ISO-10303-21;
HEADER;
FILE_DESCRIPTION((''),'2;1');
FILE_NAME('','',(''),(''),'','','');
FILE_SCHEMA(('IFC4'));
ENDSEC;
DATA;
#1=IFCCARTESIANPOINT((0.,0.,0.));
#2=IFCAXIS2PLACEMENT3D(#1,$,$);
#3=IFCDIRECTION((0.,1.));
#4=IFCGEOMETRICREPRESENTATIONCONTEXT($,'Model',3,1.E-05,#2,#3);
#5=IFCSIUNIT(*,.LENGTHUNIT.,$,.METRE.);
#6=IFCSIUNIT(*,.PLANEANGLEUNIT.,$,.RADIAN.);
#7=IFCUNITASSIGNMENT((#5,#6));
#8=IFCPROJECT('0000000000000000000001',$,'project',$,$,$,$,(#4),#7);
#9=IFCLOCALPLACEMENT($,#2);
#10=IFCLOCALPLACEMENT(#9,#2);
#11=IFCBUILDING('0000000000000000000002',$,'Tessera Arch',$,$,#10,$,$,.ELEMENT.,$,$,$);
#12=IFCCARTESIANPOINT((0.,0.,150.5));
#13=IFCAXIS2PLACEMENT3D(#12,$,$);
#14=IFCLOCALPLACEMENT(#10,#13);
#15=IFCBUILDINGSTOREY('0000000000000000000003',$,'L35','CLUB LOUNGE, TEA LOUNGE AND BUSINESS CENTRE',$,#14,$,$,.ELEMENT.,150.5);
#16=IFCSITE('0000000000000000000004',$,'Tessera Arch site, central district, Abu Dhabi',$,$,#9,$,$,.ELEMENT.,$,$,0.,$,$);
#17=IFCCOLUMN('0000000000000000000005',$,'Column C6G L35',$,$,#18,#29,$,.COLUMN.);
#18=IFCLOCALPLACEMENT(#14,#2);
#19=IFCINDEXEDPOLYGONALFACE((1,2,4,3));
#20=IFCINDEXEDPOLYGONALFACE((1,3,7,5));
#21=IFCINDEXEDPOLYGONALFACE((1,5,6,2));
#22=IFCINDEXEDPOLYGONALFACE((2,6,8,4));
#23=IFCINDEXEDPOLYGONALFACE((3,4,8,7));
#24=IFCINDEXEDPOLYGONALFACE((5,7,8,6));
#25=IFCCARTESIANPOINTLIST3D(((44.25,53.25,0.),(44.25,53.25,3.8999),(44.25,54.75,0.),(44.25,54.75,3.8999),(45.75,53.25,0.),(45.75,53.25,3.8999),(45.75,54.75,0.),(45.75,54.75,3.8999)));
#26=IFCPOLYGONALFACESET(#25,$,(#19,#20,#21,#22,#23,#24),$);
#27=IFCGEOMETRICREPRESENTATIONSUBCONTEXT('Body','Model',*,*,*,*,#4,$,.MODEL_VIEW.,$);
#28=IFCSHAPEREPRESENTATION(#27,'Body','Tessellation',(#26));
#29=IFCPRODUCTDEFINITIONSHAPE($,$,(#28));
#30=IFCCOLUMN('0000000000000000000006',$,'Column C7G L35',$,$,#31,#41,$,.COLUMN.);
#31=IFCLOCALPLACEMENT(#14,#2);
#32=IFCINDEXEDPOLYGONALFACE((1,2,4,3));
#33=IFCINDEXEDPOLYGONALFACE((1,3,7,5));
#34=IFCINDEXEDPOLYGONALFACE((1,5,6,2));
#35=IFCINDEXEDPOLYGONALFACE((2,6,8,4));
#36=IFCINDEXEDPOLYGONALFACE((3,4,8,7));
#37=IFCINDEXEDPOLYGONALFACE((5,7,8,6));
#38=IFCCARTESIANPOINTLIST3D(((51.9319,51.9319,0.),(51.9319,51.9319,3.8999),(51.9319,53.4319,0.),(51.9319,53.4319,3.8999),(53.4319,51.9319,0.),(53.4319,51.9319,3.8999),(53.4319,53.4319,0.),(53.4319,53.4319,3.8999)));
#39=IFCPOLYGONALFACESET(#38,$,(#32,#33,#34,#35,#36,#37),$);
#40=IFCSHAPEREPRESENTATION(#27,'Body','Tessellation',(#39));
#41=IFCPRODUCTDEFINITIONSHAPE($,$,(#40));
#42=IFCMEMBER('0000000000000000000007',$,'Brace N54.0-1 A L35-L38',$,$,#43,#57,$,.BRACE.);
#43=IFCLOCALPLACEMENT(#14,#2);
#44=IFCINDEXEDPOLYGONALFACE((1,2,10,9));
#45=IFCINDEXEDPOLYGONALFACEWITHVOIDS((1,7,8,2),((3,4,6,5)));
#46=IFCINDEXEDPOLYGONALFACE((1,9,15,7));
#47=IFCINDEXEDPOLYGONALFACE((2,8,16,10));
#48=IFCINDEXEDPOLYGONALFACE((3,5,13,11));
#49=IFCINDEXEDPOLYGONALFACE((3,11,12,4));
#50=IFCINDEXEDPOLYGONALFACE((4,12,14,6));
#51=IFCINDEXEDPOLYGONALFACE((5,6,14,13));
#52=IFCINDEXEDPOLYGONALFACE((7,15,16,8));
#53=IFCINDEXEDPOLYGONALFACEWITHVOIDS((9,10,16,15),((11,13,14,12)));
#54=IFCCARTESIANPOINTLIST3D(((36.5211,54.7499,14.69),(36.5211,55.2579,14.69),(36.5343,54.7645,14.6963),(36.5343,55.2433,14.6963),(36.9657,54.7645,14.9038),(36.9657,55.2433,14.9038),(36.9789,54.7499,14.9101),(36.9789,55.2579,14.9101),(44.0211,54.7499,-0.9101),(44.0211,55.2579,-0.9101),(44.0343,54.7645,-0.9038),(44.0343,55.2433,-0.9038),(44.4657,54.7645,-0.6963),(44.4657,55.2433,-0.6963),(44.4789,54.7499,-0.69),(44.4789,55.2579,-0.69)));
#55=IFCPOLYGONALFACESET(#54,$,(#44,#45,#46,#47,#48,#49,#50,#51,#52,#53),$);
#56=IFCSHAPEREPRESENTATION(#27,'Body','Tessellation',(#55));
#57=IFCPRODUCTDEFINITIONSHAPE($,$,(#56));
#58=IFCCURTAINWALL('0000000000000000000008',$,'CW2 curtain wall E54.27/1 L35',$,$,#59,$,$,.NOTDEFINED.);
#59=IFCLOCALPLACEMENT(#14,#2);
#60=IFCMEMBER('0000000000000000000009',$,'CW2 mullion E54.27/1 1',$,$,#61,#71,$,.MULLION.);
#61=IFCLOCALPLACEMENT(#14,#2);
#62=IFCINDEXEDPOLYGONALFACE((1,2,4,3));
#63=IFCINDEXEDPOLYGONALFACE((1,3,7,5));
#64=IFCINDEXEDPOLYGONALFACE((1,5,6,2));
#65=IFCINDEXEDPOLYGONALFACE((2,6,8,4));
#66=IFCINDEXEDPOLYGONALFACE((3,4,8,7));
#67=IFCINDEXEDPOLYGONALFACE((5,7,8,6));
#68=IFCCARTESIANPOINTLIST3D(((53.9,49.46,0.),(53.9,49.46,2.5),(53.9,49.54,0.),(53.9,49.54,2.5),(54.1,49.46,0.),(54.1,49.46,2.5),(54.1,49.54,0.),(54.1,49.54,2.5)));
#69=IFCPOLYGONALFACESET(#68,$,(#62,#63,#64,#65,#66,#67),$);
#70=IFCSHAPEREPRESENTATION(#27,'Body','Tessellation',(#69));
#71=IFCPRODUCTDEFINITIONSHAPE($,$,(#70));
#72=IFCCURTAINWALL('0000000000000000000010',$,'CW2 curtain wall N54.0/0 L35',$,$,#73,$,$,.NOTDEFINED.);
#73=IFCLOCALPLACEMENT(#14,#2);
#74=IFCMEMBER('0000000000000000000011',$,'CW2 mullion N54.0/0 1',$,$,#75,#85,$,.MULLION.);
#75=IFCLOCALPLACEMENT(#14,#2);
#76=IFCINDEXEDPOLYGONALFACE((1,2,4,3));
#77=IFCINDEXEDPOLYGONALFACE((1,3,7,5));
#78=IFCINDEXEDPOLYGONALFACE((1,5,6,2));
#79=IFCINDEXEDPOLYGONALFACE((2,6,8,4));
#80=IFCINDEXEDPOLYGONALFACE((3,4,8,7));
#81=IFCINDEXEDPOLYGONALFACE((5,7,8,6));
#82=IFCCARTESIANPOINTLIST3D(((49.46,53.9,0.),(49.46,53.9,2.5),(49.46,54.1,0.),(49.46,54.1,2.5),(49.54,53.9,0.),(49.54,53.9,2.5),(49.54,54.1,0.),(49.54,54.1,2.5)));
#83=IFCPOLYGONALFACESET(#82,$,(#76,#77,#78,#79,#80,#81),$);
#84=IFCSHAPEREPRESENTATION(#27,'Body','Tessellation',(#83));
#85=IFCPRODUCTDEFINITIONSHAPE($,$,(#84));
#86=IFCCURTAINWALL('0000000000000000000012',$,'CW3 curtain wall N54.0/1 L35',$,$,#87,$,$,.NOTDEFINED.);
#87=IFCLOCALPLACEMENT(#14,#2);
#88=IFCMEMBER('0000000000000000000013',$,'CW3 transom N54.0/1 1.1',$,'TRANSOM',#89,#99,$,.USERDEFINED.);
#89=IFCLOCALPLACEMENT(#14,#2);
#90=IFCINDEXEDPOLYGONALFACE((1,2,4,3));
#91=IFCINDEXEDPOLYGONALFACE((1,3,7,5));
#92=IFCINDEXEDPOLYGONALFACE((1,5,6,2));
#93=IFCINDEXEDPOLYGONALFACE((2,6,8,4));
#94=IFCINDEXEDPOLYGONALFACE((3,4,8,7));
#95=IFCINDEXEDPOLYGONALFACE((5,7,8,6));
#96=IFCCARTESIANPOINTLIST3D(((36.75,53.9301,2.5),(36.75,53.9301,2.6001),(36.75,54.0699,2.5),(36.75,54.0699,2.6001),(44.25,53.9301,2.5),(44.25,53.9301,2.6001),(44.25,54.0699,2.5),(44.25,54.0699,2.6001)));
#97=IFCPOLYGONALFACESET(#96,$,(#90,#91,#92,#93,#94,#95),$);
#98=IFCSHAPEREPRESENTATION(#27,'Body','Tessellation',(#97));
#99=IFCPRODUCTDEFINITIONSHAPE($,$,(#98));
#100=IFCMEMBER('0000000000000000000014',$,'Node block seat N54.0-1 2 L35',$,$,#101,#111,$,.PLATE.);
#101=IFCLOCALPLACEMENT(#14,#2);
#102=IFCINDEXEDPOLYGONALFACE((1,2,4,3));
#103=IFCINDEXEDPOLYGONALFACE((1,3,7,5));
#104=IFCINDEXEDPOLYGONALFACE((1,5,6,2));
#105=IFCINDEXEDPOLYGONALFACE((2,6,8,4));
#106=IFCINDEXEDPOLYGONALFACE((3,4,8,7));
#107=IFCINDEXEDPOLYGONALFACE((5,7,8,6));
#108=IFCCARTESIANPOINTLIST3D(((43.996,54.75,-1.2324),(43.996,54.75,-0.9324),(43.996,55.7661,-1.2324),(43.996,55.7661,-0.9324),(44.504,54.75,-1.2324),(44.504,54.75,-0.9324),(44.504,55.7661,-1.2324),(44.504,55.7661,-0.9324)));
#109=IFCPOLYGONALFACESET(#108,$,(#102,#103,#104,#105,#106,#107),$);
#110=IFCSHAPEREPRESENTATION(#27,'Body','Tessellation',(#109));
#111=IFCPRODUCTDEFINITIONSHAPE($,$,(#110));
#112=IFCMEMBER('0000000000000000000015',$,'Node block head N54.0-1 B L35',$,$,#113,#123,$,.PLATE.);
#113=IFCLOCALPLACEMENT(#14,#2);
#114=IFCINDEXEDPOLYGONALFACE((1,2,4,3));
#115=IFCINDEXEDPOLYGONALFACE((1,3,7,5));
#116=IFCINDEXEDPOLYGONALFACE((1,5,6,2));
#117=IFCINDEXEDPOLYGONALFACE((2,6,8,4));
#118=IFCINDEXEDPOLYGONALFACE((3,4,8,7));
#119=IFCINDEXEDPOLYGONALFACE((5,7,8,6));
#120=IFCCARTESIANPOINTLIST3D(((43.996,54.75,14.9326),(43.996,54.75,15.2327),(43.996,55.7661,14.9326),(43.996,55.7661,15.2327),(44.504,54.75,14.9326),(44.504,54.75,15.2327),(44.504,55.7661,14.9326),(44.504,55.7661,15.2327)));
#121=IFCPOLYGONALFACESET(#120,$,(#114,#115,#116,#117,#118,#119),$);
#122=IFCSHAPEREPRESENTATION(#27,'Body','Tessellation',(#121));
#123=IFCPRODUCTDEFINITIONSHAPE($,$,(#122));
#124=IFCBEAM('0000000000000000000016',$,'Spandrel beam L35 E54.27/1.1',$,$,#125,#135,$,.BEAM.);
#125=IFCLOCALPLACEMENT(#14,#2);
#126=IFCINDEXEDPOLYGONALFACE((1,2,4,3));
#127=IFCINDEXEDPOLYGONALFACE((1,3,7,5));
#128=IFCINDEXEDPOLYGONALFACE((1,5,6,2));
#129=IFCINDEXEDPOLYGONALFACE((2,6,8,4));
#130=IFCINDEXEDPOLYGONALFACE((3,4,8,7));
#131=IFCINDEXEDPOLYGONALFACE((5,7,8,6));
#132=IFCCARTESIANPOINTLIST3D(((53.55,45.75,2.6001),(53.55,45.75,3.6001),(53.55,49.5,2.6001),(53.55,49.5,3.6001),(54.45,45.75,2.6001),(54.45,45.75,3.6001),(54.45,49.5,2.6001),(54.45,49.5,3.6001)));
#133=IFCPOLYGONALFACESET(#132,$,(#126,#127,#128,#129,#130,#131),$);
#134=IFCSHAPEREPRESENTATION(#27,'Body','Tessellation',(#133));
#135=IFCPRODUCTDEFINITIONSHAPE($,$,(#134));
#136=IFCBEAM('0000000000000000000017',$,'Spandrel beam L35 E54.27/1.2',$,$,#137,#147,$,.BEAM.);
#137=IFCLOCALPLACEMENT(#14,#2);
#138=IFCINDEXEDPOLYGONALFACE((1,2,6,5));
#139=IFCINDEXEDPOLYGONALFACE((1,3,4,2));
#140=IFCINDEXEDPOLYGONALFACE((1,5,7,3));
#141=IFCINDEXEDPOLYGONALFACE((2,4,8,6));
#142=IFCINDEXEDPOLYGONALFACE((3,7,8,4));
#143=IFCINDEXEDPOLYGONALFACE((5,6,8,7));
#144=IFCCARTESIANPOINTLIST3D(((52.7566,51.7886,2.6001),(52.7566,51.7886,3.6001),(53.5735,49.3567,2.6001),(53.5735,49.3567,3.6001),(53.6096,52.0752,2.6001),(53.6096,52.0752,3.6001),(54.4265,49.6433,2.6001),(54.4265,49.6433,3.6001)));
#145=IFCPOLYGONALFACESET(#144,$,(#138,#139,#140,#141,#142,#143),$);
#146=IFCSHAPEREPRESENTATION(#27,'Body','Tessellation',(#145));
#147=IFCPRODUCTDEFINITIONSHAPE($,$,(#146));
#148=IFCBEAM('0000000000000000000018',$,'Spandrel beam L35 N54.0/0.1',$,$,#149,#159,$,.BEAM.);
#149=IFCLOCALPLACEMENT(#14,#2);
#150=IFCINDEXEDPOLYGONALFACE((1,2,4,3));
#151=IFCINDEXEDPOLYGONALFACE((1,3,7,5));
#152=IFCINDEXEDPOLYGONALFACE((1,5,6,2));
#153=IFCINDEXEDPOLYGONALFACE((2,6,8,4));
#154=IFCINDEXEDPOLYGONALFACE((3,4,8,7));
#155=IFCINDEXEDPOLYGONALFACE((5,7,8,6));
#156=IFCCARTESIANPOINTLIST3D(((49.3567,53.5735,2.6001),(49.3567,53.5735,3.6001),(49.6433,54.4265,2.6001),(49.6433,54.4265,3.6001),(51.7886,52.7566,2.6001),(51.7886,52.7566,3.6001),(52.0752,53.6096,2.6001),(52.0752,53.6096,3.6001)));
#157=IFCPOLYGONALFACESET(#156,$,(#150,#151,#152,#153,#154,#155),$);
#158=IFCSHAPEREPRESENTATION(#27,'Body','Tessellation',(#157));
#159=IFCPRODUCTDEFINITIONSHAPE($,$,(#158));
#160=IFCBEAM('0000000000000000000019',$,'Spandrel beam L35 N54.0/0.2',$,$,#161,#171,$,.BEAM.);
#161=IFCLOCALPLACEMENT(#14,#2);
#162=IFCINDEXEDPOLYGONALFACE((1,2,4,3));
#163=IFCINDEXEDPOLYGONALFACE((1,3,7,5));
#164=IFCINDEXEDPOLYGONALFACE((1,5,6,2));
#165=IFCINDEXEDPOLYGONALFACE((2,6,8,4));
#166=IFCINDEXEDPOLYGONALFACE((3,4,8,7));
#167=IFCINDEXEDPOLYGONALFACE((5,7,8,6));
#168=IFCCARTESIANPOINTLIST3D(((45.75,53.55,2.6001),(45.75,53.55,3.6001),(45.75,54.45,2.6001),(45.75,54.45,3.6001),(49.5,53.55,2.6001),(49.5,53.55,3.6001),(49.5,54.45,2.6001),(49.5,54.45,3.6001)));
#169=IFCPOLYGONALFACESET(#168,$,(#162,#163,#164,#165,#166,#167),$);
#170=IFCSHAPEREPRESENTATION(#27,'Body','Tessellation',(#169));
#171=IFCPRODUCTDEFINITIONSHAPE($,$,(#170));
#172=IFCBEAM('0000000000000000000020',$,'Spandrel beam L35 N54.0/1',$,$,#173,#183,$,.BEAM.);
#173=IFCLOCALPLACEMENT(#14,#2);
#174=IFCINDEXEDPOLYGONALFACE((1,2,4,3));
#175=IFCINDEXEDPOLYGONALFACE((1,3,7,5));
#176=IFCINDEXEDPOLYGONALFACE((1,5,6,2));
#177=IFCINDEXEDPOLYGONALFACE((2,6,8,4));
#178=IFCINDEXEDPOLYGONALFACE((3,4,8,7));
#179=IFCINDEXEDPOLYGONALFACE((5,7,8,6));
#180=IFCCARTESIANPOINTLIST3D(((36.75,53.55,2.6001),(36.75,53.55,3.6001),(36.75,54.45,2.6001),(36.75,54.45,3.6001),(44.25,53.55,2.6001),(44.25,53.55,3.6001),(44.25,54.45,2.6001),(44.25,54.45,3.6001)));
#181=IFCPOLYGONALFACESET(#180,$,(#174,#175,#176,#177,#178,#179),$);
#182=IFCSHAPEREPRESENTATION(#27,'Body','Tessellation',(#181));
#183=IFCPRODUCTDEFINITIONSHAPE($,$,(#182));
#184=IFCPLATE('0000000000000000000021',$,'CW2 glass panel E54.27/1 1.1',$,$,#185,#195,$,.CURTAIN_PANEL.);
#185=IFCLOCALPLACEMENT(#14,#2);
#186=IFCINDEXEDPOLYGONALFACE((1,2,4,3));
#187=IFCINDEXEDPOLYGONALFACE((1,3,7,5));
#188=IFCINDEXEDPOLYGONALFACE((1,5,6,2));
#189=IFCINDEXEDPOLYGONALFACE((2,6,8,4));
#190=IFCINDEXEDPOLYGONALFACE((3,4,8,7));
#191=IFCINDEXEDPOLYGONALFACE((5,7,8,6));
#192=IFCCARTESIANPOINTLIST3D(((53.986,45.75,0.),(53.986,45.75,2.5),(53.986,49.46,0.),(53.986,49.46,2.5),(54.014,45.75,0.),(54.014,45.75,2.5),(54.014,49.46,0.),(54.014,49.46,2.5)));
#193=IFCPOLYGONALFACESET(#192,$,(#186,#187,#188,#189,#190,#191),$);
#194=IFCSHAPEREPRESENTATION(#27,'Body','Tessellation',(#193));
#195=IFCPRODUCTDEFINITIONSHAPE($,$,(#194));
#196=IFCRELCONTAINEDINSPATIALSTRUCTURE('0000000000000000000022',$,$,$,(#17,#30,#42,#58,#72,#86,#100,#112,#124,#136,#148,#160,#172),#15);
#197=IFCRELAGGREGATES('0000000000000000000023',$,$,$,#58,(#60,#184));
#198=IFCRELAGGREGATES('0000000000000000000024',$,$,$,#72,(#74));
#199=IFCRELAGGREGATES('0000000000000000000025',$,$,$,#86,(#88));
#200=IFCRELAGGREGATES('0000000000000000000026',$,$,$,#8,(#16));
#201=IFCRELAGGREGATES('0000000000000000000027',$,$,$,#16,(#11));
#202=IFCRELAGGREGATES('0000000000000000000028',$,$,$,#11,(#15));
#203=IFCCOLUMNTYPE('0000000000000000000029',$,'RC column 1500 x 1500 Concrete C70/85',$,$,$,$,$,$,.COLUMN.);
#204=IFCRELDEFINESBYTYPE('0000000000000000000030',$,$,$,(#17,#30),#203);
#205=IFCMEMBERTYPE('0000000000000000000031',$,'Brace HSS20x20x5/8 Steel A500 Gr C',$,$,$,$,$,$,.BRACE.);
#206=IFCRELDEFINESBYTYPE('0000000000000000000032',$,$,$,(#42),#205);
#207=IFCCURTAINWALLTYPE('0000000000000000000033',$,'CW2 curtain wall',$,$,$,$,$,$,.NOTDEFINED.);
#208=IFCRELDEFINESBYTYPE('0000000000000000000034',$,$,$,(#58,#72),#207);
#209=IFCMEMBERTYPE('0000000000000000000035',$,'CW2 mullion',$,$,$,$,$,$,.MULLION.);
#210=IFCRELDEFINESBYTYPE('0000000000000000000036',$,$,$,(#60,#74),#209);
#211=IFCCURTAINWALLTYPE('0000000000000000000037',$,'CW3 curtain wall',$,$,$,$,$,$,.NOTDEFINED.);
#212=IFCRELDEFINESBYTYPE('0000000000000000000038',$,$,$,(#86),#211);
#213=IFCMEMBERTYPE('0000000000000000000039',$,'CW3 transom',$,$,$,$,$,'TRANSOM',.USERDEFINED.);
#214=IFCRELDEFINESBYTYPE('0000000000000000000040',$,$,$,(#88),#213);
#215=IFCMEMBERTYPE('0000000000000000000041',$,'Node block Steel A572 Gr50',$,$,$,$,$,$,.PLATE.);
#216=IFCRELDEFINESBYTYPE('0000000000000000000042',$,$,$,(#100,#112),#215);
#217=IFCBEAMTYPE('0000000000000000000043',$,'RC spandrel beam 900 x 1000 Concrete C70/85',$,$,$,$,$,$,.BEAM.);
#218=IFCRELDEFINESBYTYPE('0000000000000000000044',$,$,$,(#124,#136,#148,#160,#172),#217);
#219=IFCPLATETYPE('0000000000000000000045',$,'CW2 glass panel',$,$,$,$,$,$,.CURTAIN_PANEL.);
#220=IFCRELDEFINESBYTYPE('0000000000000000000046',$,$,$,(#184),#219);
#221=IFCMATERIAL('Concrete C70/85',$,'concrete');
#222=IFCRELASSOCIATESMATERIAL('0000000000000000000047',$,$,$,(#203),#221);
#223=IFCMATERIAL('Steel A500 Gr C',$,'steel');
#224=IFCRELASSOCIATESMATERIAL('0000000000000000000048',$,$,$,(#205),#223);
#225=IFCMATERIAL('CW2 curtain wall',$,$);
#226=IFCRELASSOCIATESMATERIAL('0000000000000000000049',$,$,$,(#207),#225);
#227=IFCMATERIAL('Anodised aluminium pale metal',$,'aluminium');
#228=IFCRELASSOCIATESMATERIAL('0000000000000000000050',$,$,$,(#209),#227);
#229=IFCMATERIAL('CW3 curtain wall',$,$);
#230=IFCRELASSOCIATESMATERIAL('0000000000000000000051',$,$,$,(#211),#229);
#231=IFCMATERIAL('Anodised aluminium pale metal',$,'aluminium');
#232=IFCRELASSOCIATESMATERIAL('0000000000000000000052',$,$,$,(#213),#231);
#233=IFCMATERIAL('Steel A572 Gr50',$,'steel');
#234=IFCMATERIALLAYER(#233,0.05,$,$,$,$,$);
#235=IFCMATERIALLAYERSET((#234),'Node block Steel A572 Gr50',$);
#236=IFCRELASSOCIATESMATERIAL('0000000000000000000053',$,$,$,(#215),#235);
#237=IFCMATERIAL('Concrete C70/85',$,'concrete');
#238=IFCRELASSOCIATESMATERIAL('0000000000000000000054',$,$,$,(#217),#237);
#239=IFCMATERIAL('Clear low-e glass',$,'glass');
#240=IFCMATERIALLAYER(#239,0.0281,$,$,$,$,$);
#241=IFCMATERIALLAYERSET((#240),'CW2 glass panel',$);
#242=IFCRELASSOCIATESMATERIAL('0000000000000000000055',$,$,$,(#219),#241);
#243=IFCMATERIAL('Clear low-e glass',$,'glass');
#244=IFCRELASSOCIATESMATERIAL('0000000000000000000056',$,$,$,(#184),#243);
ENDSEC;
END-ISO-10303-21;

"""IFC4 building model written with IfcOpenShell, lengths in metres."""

from ifc_helpers import new_model, si_unit, direction, frame, origin, origin_2d, place, context, subcontext, project, spatial, rectangle, hollow_rectangle, extrude, material, layer, layer_set, material_profile, profile_set, type_object, element, aggregate, save


model = new_model("IFC4")

# Units and contexts
model_context = context("Model", 3, precision=1e-05, world=origin(), true_north=direction((0.0, 1.0)))
body_context = subcontext(model_context, "Body", "Model", "MODEL_VIEW")
ifc_project = project(units=[si_unit("LENGTHUNIT", "METRE"), si_unit("PLANEANGLEUNIT", "RADIAN")], contexts=[model_context])

# Site, building, storey
site_placement = place(None, origin())
site = spatial("IfcSite", under=ifc_project, at=site_placement, Name="Tessera Arch site, central district, Abu Dhabi", CompositionType="ELEMENT", RefElevation=0.0)
building_placement = place(site_placement, origin())
building = spatial("IfcBuilding", under=site, at=building_placement, Name="Tessera Arch", CompositionType="ELEMENT")
storey_placement = place(building_placement, frame((0.0, 0.0, 150.5)))
storey = spatial("IfcBuildingStorey", under=building, at=storey_placement, Name="L35", Description="CLUB LOUNGE, TEA LOUNGE AND BUSINESS CENTRE", CompositionType="ELEMENT", Elevation=150.5)

# Columns
ifc_material_1 = material(Name="Concrete C70/85", Category="concrete")
ifc_material_profile_1 = material_profile(ifc_material_1, rectangle(XDim=1.5, YDim=1.5, at=origin_2d()), Name="RC column 1500 x 1500 Concrete C70/85")
ifc_profile_set_1 = profile_set([ifc_material_profile_1], Name="Concrete C70/85")
column_type = type_object("IfcColumnType", Name="RC column 1500 x 1500 Concrete C70/85", PredefinedType="COLUMN", material=ifc_profile_set_1)
for number, where, z_axis, x_axis, name in (
    (1, (45.0, 54.0, 0.0), (0.0, 0.0, 1.0), (1.0, 0.0, 0.0), "Column C6G L35"),
    (2, (52.6819, 52.6819, 0.0), (0.0, 0.0, 1.0), (1.0, 0.0, 0.0), "Column C7G L35"),
):
    element("IfcColumn", number, at=place(storey_placement, frame(where, z_axis=z_axis, x_axis=x_axis)), inside=storey, type_object=column_type, Name=name, PredefinedType="COLUMN", context=body_context, shape_type="SweptSolid", body=[
        extrude(rectangle(XDim=1.5, YDim=1.5, at=origin_2d()), origin(), (0.0, 0.0, 1.0), 3.8999),
    ])

# Member
ifc_material_2 = material(Name="Steel A500 Gr C", Category="steel")
ifc_material_profile_2 = material_profile(ifc_material_2, hollow_rectangle(XDim=0.5081, YDim=0.5081, WallThickness=0.0146, at=origin_2d()), Name="HSS20x20x5/8")
ifc_profile_set_2 = profile_set([ifc_material_profile_2], Name="Steel A500 Gr C")
member_type_1 = type_object("IfcMemberType", Name="Brace HSS20x20x5/8 Steel A500 Gr C", PredefinedType="BRACE", material=ifc_profile_set_2)
member_1_placement = place(storey_placement, frame((44.25, 55.0039, -0.8), z_axis=(-0.433292, 0.0, 0.901253), x_axis=(0.0, -1.0, 0.0)))
element("IfcMember", 3, at=member_1_placement, inside=storey, type_object=member_type_1, Name="Brace N54.0-1 A L35-L38", PredefinedType="BRACE", context=body_context, shape_type="SweptSolid", body=[
    extrude(hollow_rectangle(XDim=0.5081, YDim=0.5081, WallThickness=0.0146, at=origin_2d()), origin(), (0.0, 0.0, 1.0), 17.3093),
])

# Curtain walls, members
ifc_material_3 = material(Name="CW2 curtain wall")
curtain_wall_type_1 = type_object("IfcCurtainWallType", Name="CW2 curtain wall", PredefinedType="NOTDEFINED", material=ifc_material_3)
curtain_wall_1_placement = place(storey_placement, origin())
curtain_wall_1 = element("IfcCurtainWall", 4, at=curtain_wall_1_placement, inside=storey, type_object=curtain_wall_type_1, Name="CW2 curtain wall E54.27/1 L35", PredefinedType="NOTDEFINED")
ifc_material_4 = material(Name="Anodised aluminium pale metal", Category="aluminium")
ifc_material_profile_3 = material_profile(ifc_material_4, rectangle(XDim=0.2, YDim=0.0801, at=origin_2d()), Name="AL 80x200")
ifc_profile_set_3 = profile_set([ifc_material_profile_3], Name="Anodised aluminium pale metal")
member_type_2 = type_object("IfcMemberType", Name="CW2 mullion", PredefinedType="MULLION", material=ifc_profile_set_3)
member_2_placement = place(storey_placement, frame((54.0, 49.5, 0.0), z_axis=(0.0, 0.0, 1.0), x_axis=(-1.0, 0.0, 0.0)))
member_2 = element("IfcMember", 5, at=member_2_placement, type_object=member_type_2, Name="CW2 mullion E54.27/1 1", PredefinedType="MULLION", context=body_context, shape_type="SweptSolid", body=[
    extrude(rectangle(XDim=0.2, YDim=0.0801, at=origin_2d()), origin(), (0.0, 0.0, 1.0), 2.5),
])
curtain_wall_2_placement = place(storey_placement, origin())
curtain_wall_2 = element("IfcCurtainWall", 6, at=curtain_wall_2_placement, inside=storey, type_object=curtain_wall_type_1, Name="CW2 curtain wall N54.0/0 L35", PredefinedType="NOTDEFINED")
member_3_placement = place(storey_placement, frame((49.5, 54.0, 0.0), z_axis=(0.0, 0.0, 1.0), x_axis=(0.0, -1.0, 0.0)))
member_3 = element("IfcMember", 7, at=member_3_placement, type_object=member_type_2, Name="CW2 mullion N54.0/0 1", PredefinedType="MULLION", context=body_context, shape_type="SweptSolid", body=[
    extrude(rectangle(XDim=0.2, YDim=0.0801, at=origin_2d()), origin(), (0.0, 0.0, 1.0), 2.5),
])
ifc_material_5 = material(Name="CW3 curtain wall")
curtain_wall_type_2 = type_object("IfcCurtainWallType", Name="CW3 curtain wall", PredefinedType="NOTDEFINED", material=ifc_material_5)
curtain_wall_3_placement = place(storey_placement, origin())
curtain_wall_3 = element("IfcCurtainWall", 8, at=curtain_wall_3_placement, inside=storey, type_object=curtain_wall_type_2, Name="CW3 curtain wall N54.0/1 L35", PredefinedType="NOTDEFINED")
ifc_material_6 = material(Name="Anodised aluminium pale metal", Category="aluminium")
ifc_material_profile_4 = material_profile(ifc_material_6, rectangle(XDim=0.1399, YDim=0.1001, at=origin_2d()), Name="AL 140x100")
ifc_profile_set_4 = profile_set([ifc_material_profile_4], Name="Anodised aluminium pale metal")
member_type_3 = type_object("IfcMemberType", Name="CW3 transom", ElementType="TRANSOM", PredefinedType="USERDEFINED", material=ifc_profile_set_4)
member_4_placement = place(storey_placement, frame((44.25, 54.0, 2.55), z_axis=(-1.0, 0.0, 0.0), x_axis=(0.0, -1.0, 0.0)))
member_4 = element("IfcMember", 9, at=member_4_placement, type_object=member_type_3, Name="CW3 transom N54.0/1 1.1", ObjectType="TRANSOM", PredefinedType="USERDEFINED", context=body_context, shape_type="SweptSolid", body=[
    extrude(rectangle(XDim=0.1399, YDim=0.1001, at=origin_2d()), origin(), (0.0, 0.0, 1.0), 7.5),
])

# Members
ifc_material_7 = material(Name="Steel A572 Gr50", Category="steel")
ifc_layer_1 = layer(ifc_material_7, 0.05)
ifc_layer_set_1 = layer_set([ifc_layer_1], Name="Node block Steel A572 Gr50")
member_type_4 = type_object("IfcMemberType", Name="Node block Steel A572 Gr50", PredefinedType="PLATE", material=ifc_layer_set_1)
for number, where, z_axis, x_axis, name in (
    (10, (44.25, 55.2581, -1.2324), (0.0, 0.0, 1.0), (-1.0, 0.0, 0.0), "Node block seat N54.0-1 2 L35"),
    (11, (44.25, 55.2581, 14.9326), (0.0, 0.0, 1.0), (-1.0, 0.0, 0.0), "Node block head N54.0-1 B L35"),
):
    element("IfcMember", number, at=place(storey_placement, frame(where, z_axis=z_axis, x_axis=x_axis)), inside=storey, type_object=member_type_4, Name=name, PredefinedType="PLATE", context=body_context, shape_type="SweptSolid", body=[
        extrude(rectangle(XDim=0.5081, YDim=1.0161, at=origin_2d()), origin(), (0.0, 0.0, 1.0), 0.3),
    ])

# Beams
ifc_material_8 = material(Name="Concrete C70/85", Category="concrete")
ifc_material_profile_5 = material_profile(ifc_material_8, rectangle(XDim=0.8999, YDim=1.0, at=origin_2d()), Name="RC spandrel beam 900 x 1000 Concrete C70/85")
ifc_profile_set_5 = profile_set([ifc_material_profile_5], Name="Concrete C70/85")
beam_type = type_object("IfcBeamType", Name="RC spandrel beam 900 x 1000 Concrete C70/85", PredefinedType="BEAM", material=ifc_profile_set_5)
beam_1_placement = place(storey_placement, frame((54.0, 45.75, 3.1001), z_axis=(0.0, 1.0, 0.0), x_axis=(-1.0, 0.0, 0.0)))
element("IfcBeam", 12, at=beam_1_placement, inside=storey, type_object=beam_type, Name="Spandrel beam L35 E54.27/1.1", PredefinedType="BEAM", context=body_context, shape_type="SweptSolid", body=[
    extrude(rectangle(XDim=0.8999, YDim=1.0, at=origin_2d()), origin(), (0.0, 0.0, 1.0), 3.75),
])
for number, where, z_axis, x_axis, name in (
    (13, (54.0, 49.5, 3.1001), (-0.318425, 0.947948, 0.0), (-0.947948, -0.318425, 0.0), "Spandrel beam L35 E54.27/1.2"),
    (14, (51.9319, 53.1831, 3.1001), (-0.947948, 0.318425, 0.0), (-0.318425, -0.947948, 0.0), "Spandrel beam L35 N54.0/0.1"),
):
    element("IfcBeam", number, at=place(storey_placement, frame(where, z_axis=z_axis, x_axis=x_axis)), inside=storey, type_object=beam_type, Name=name, PredefinedType="BEAM", context=body_context, shape_type="SweptSolid", body=[
        extrude(rectangle(XDim=0.8999, YDim=1.0, at=origin_2d()), origin(), (0.0, 0.0, 1.0), 2.5654),
    ])
beam_2_placement = place(storey_placement, frame((49.5, 54.0, 3.1001), z_axis=(-1.0, 0.0, 0.0), x_axis=(0.0, -1.0, 0.0)))
element("IfcBeam", 15, at=beam_2_placement, inside=storey, type_object=beam_type, Name="Spandrel beam L35 N54.0/0.2", PredefinedType="BEAM", context=body_context, shape_type="SweptSolid", body=[
    extrude(rectangle(XDim=0.8999, YDim=1.0, at=origin_2d()), origin(), (0.0, 0.0, 1.0), 3.75),
])
beam_3_placement = place(storey_placement, frame((44.25, 54.0, 3.1001), z_axis=(-1.0, 0.0, 0.0), x_axis=(0.0, -1.0, 0.0)))
element("IfcBeam", 16, at=beam_3_placement, inside=storey, type_object=beam_type, Name="Spandrel beam L35 N54.0/1", PredefinedType="BEAM", context=body_context, shape_type="SweptSolid", body=[
    extrude(rectangle(XDim=0.8999, YDim=1.0, at=origin_2d()), origin(), (0.0, 0.0, 1.0), 7.5),
])

# Plate
ifc_material_9 = material(Name="Clear low-e glass", Category="glass")
ifc_material_10 = material(Name="Clear low-e glass", Category="glass")
ifc_layer_2 = layer(ifc_material_10, 0.0281)
ifc_layer_set_2 = layer_set([ifc_layer_2], Name="CW2 glass panel")
plate_type_1 = type_object("IfcPlateType", Name="CW2 glass panel", PredefinedType="CURTAIN_PANEL", material=ifc_layer_set_2)
plate_1_placement = place(storey_placement, frame((54.0, 47.605, 0.0), z_axis=(0.0, 0.0, 1.0), x_axis=(0.0, 1.0, 0.0)))
plate_1 = element("IfcPlate", 17, at=plate_1_placement, type_object=plate_type_1, material=ifc_material_9, Name="CW2 glass panel E54.27/1 1.1", PredefinedType="CURTAIN_PANEL", context=body_context, shape_type="SweptSolid", body=[
    extrude(rectangle(XDim=3.71, YDim=0.0281, at=origin_2d()), origin(), (0.0, 0.0, 1.0), 2.5),
])
aggregate(curtain_wall_1, [member_2, plate_1])
aggregate(curtain_wall_2, [member_3])
aggregate(curtain_wall_3, [member_4])

save(model, "model.ifc")
